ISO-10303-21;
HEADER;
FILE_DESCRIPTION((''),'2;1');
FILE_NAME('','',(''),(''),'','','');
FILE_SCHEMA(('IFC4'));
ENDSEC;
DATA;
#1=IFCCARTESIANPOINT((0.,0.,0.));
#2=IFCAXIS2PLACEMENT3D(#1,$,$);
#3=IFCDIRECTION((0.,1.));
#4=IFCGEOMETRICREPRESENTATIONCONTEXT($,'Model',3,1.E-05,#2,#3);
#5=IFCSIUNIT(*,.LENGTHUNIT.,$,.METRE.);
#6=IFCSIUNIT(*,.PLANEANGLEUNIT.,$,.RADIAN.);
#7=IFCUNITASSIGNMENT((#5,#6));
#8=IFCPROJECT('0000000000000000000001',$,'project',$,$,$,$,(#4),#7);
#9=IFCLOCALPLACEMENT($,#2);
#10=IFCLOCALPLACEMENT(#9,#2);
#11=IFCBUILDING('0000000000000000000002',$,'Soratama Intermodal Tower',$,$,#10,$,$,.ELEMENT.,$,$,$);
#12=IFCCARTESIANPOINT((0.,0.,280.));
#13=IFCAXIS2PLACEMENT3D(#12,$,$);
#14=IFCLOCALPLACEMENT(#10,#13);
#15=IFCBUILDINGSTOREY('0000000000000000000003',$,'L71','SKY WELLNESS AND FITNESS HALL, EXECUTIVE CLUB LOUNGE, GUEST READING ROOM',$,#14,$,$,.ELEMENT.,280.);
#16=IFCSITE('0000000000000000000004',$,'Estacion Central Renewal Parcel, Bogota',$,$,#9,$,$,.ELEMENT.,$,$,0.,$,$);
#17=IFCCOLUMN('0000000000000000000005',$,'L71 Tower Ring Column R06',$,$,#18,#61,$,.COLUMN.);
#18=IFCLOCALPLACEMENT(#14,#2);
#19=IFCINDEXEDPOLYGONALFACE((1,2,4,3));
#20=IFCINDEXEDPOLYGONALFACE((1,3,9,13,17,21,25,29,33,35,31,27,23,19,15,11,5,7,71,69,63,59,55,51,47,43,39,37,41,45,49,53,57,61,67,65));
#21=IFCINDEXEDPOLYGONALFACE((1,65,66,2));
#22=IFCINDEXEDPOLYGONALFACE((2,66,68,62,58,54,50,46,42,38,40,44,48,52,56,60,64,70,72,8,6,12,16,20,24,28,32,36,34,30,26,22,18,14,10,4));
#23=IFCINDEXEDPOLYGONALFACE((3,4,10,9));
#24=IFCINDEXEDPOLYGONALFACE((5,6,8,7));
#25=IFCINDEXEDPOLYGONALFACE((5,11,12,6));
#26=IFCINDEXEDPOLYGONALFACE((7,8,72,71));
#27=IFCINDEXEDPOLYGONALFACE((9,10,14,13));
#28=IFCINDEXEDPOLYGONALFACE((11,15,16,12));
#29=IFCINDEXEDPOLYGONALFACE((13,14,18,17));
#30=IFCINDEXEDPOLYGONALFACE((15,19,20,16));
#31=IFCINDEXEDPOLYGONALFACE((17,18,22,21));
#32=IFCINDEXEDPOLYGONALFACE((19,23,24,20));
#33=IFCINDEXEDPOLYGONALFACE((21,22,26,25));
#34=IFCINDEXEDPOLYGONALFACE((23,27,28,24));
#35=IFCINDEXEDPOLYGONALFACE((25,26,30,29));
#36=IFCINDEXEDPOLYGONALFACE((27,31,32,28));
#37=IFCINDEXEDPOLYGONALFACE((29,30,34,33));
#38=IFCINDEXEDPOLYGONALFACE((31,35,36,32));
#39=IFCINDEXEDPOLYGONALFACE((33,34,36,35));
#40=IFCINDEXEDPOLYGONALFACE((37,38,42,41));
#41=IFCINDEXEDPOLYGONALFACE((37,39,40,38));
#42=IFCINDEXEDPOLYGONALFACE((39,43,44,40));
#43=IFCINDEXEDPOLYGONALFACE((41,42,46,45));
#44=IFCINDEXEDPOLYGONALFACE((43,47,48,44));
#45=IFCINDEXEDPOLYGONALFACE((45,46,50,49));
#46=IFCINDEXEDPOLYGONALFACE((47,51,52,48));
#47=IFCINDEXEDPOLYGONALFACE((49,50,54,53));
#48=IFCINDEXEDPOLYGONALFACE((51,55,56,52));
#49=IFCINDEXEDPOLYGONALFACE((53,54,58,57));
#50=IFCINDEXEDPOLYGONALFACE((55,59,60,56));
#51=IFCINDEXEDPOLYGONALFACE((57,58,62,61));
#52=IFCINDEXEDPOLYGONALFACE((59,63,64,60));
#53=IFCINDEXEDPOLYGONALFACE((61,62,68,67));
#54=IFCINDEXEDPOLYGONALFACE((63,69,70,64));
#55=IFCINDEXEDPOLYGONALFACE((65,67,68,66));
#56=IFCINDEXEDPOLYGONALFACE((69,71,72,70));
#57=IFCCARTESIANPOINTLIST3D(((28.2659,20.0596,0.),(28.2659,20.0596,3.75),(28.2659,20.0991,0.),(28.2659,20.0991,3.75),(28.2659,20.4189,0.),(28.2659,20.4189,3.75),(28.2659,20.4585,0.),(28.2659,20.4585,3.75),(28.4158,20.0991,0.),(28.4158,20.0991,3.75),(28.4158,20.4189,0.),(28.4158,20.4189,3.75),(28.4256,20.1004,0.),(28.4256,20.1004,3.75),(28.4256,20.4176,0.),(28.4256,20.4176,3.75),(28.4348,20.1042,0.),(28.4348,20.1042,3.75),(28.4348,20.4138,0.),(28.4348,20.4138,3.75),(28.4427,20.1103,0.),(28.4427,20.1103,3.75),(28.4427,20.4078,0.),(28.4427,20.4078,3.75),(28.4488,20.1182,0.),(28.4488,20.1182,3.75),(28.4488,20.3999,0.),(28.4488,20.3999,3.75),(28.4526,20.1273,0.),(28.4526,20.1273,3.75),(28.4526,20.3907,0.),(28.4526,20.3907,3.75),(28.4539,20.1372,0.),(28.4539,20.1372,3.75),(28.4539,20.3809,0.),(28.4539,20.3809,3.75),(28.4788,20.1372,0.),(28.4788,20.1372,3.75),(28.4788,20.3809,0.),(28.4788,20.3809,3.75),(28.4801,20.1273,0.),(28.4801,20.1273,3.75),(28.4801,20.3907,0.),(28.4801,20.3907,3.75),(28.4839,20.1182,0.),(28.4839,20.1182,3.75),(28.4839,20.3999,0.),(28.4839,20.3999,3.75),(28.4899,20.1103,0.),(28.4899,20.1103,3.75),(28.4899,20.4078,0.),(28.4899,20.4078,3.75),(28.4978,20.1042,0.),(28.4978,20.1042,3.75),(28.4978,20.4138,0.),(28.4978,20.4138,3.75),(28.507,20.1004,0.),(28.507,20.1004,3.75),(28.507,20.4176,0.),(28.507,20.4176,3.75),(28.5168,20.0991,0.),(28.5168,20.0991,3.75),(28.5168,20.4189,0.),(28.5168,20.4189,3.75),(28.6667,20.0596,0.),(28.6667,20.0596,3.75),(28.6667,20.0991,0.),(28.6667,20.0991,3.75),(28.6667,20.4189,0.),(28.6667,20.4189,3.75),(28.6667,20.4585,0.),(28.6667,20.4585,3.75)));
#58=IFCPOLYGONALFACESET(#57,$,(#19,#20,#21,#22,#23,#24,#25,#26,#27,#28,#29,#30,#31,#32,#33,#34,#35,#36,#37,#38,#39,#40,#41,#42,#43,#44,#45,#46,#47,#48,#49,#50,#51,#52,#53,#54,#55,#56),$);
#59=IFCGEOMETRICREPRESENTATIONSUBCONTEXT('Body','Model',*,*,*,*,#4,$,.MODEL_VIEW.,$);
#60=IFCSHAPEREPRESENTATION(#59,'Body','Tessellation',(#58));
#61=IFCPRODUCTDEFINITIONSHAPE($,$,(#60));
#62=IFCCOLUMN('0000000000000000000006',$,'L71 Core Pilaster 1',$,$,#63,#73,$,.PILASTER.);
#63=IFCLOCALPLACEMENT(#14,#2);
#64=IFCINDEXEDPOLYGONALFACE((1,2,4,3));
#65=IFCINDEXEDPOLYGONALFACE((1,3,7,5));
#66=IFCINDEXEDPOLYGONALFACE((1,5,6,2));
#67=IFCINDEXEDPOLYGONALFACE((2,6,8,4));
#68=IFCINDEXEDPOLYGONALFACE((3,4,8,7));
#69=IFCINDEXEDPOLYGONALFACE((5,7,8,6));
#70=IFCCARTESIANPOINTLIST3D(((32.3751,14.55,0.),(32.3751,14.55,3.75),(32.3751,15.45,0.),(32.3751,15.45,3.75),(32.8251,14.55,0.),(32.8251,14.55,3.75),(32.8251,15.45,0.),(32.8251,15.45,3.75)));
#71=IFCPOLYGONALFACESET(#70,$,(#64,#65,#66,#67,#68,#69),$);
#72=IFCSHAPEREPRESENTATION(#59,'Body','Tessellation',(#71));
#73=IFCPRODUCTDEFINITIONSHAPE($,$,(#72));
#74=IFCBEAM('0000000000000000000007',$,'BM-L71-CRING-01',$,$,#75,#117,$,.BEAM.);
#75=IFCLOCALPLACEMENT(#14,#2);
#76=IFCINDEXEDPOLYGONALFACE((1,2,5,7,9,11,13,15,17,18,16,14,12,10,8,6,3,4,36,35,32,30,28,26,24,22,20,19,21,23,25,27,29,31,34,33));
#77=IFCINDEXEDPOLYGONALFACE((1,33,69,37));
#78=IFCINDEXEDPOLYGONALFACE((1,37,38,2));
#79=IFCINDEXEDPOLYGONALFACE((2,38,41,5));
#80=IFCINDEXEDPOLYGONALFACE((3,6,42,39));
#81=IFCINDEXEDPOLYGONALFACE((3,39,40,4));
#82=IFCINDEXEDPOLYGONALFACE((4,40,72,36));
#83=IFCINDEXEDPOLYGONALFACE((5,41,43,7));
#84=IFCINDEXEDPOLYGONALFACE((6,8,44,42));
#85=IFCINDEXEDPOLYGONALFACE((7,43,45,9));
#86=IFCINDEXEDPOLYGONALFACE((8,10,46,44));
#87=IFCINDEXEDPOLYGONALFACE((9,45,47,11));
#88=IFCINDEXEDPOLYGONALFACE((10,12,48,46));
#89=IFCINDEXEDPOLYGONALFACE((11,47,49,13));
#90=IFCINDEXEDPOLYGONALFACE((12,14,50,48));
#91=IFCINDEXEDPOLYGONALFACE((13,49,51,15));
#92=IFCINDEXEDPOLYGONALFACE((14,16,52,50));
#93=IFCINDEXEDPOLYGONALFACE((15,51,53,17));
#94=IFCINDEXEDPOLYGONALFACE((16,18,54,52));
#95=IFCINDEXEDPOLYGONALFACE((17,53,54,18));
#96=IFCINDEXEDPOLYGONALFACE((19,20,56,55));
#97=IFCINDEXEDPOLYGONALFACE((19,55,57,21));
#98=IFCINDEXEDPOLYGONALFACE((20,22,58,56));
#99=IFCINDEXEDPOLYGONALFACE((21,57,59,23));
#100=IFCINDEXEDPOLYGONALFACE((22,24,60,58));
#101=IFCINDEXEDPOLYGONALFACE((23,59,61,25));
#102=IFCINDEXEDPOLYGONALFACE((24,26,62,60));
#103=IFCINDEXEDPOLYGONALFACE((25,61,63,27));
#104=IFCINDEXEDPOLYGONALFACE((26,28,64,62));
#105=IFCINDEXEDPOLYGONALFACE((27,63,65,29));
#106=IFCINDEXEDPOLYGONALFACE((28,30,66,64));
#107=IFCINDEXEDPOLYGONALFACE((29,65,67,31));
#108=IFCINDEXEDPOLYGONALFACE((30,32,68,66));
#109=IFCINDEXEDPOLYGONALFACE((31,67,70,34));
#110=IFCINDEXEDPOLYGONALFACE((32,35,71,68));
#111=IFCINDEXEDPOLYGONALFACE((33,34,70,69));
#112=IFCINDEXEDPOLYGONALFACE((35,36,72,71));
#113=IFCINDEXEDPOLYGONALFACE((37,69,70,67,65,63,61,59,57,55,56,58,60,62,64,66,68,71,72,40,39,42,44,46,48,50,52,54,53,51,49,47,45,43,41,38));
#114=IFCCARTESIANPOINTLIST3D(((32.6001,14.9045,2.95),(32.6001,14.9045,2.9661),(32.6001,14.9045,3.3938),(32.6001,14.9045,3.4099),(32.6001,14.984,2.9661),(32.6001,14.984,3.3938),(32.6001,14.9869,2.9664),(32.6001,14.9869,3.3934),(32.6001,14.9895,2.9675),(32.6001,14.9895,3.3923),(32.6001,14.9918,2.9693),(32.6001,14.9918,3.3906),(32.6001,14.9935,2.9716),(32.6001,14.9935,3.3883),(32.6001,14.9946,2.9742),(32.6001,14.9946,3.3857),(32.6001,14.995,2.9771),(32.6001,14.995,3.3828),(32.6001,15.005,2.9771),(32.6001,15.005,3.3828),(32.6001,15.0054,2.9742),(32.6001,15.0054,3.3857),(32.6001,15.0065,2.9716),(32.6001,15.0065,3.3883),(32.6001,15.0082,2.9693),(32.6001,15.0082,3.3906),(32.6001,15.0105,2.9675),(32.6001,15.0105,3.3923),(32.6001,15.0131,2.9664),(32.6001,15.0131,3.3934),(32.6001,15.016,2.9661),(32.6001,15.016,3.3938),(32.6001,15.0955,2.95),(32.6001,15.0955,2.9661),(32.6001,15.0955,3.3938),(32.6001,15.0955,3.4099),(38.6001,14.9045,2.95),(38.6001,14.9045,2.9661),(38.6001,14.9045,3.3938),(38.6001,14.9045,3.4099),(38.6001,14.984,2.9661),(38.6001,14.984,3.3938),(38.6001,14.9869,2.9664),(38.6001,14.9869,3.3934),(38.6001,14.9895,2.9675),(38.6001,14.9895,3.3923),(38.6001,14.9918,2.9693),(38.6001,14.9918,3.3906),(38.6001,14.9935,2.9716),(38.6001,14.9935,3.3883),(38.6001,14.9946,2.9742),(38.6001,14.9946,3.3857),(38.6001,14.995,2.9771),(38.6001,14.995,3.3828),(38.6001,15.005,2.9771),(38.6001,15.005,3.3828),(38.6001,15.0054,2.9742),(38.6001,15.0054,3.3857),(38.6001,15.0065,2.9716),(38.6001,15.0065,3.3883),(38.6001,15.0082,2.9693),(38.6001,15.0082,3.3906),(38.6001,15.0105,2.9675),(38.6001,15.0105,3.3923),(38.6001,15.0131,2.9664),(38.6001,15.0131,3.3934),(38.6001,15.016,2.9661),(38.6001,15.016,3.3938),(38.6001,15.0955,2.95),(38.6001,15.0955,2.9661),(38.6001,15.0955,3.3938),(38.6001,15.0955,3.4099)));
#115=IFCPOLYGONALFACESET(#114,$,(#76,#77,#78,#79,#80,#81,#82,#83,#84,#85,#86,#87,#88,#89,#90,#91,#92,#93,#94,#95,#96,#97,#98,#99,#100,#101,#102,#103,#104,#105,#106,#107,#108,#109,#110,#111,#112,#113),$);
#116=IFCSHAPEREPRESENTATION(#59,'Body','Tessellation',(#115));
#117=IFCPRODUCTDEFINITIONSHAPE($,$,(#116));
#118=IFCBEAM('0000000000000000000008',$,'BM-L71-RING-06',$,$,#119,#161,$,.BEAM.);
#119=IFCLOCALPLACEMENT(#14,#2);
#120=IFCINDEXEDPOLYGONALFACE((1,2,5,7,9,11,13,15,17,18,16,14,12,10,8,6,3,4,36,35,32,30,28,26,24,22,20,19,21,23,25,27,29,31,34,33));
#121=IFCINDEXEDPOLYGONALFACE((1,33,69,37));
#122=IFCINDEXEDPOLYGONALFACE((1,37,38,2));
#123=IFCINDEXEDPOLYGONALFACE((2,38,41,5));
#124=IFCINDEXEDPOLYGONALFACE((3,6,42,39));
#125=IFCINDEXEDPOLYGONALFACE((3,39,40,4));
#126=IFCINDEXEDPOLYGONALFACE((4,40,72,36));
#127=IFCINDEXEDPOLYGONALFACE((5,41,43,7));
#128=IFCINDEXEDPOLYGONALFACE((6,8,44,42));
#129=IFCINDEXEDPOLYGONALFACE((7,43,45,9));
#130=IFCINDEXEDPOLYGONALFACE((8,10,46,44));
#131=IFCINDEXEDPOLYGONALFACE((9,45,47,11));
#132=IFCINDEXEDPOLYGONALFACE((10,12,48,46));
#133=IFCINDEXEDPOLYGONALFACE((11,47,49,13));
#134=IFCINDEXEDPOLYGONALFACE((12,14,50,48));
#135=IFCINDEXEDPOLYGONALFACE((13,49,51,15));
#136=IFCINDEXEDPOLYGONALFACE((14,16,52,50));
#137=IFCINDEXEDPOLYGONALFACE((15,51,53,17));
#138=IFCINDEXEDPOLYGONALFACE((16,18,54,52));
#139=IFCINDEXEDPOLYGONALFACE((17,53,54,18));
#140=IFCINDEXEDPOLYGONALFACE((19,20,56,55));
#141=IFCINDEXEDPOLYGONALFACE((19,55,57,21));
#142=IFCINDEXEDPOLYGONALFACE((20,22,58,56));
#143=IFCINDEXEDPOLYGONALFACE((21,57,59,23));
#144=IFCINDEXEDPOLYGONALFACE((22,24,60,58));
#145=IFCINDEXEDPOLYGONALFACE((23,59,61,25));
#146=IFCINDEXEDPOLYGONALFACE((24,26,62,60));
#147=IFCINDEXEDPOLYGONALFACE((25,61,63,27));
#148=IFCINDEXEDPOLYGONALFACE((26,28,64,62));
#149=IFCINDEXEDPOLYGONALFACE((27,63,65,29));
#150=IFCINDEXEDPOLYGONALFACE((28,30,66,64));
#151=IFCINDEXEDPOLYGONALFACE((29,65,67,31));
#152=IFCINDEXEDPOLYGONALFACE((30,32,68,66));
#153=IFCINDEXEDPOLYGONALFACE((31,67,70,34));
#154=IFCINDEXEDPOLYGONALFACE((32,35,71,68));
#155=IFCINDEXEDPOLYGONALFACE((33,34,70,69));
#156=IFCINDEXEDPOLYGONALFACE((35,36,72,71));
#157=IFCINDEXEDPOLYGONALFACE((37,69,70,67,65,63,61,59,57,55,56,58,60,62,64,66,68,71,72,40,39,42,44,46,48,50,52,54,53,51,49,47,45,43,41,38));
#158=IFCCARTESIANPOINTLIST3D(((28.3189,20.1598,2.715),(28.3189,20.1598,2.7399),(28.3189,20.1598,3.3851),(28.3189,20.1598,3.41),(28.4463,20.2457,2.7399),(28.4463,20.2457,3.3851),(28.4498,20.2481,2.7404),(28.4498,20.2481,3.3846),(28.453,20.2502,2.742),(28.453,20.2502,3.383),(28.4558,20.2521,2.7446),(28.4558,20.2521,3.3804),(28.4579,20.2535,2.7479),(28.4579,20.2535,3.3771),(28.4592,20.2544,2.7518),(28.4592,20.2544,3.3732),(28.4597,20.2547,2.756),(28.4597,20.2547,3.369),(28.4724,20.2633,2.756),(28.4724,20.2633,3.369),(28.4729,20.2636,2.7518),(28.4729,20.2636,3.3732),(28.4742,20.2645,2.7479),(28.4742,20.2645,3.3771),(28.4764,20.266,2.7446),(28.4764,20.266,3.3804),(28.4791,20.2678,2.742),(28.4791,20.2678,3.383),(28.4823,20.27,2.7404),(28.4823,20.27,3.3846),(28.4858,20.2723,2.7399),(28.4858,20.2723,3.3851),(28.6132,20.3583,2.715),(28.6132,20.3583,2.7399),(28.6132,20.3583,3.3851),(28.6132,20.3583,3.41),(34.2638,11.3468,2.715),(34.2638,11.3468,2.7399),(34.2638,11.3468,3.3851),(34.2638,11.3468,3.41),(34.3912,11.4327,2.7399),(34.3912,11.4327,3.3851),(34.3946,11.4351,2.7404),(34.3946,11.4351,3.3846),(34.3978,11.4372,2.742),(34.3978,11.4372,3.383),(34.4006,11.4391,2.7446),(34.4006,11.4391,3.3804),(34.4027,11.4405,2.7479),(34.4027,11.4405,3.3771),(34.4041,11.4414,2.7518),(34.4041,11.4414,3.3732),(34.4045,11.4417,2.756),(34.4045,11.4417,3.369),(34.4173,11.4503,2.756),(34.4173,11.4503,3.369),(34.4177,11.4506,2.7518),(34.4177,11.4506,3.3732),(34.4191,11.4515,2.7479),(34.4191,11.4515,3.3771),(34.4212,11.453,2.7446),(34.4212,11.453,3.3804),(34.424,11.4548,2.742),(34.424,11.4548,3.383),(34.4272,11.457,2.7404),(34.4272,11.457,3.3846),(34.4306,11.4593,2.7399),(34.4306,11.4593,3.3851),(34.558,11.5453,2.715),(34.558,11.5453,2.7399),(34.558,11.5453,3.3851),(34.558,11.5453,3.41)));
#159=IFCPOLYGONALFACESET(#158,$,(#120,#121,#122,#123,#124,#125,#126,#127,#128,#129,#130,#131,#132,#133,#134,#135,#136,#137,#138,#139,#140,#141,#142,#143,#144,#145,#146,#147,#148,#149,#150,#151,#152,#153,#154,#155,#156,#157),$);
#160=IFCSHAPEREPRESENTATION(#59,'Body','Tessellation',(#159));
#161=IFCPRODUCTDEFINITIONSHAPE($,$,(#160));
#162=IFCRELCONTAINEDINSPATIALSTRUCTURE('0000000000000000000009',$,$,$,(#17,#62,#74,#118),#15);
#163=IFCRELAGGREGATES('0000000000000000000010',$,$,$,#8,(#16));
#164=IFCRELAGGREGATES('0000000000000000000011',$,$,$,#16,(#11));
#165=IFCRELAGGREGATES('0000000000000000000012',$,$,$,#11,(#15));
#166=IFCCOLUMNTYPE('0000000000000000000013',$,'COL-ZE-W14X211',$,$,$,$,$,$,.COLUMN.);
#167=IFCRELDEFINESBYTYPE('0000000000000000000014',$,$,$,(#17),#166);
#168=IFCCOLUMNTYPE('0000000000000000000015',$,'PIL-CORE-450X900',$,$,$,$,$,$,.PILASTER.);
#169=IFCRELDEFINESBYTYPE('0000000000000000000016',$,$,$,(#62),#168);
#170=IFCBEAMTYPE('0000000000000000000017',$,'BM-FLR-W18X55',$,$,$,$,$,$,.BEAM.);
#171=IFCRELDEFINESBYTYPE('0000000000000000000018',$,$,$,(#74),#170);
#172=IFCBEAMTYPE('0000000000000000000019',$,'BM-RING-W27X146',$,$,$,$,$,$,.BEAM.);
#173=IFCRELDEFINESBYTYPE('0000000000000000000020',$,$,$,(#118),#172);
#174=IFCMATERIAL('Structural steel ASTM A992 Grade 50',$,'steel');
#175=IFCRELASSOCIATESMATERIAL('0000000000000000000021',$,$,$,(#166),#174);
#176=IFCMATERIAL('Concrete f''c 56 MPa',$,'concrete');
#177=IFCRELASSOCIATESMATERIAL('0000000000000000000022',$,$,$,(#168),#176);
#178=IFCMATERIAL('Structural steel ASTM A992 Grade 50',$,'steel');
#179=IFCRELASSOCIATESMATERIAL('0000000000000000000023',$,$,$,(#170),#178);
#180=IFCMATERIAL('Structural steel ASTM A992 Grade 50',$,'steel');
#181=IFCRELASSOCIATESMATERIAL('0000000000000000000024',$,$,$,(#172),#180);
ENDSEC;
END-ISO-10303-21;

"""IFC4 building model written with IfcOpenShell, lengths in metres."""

from ifc_helpers import new_model, si_unit, direction, frame, origin, origin_2d, place, context, subcontext, project, spatial, rectangle, i_section, extrude, material, material_profile, profile_set, type_object, element, save


model = new_model("IFC4")

# Units and contexts
model_context = context("Model", 3, precision=1e-05, world=origin(), true_north=direction((0.0, 1.0)))
body_context = subcontext(model_context, "Body", "Model", "MODEL_VIEW")
ifc_project = project(units=[si_unit("LENGTHUNIT", "METRE"), si_unit("PLANEANGLEUNIT", "RADIAN")], contexts=[model_context])

# Site, building, storey
site_placement = place(None, origin())
site = spatial("IfcSite", under=ifc_project, at=site_placement, Name="Estacion Central Renewal Parcel, Bogota", CompositionType="ELEMENT", RefElevation=0.0)
building_placement = place(site_placement, origin())
building = spatial("IfcBuilding", under=site, at=building_placement, Name="Soratama Intermodal Tower", CompositionType="ELEMENT")
storey_placement = place(building_placement, frame((0.0, 0.0, 280.0)))
storey = spatial("IfcBuildingStorey", under=building, at=storey_placement, Name="L71", Description="SKY WELLNESS AND FITNESS HALL, EXECUTIVE CLUB LOUNGE, GUEST READING ROOM", CompositionType="ELEMENT", Elevation=280.0)

# Columns
ifc_material_1 = material(Name="Structural steel ASTM A992 Grade 50", Category="steel")
ifc_material_profile_1 = material_profile(ifc_material_1, i_section(OverallWidth=0.4009, OverallDepth=0.3989, WebThickness=0.0249, FlangeThickness=0.0396, FilletRadius=0.0381, at=origin_2d()), Name="W14X211")
ifc_profile_set_1 = profile_set([ifc_material_profile_1], Name="Structural steel ASTM A992 Grade 50")
column_type_1 = type_object("IfcColumnType", Name="COL-ZE-W14X211", PredefinedType="COLUMN", material=ifc_profile_set_1)
column_1_placement = place(storey_placement, frame((28.4663, 20.259, 0.0), z_axis=(0.0, 0.0, 1.0), x_axis=(1.0, 0.0, 0.0)))
element("IfcColumn", 1, at=column_1_placement, inside=storey, type_object=column_type_1, Name="L71 Tower Ring Column R06", PredefinedType="COLUMN", context=body_context, shape_type="SweptSolid", body=[
    extrude(i_section(OverallWidth=0.4009, OverallDepth=0.3989, WebThickness=0.0249, FlangeThickness=0.0396, FilletRadius=0.0381, at=origin_2d()), origin(), (0.0, 0.0, 1.0), 3.75),
])
ifc_material_2 = material(Name="Concrete f'c 56 MPa", Category="concrete")
ifc_material_profile_2 = material_profile(ifc_material_2, rectangle(XDim=0.45, YDim=0.8999, at=origin_2d()), Name="RC450X900")
ifc_profile_set_2 = profile_set([ifc_material_profile_2], Name="Concrete f'c 56 MPa")
column_type_2 = type_object("IfcColumnType", Name="PIL-CORE-450X900", PredefinedType="PILASTER", material=ifc_profile_set_2)
column_2_placement = place(storey_placement, frame((32.6001, 15.0, 0.0), z_axis=(0.0, 0.0, 1.0), x_axis=(1.0, 0.0, 0.0)))
element("IfcColumn", 2, at=column_2_placement, inside=storey, type_object=column_type_2, Name="L71 Core Pilaster 1", PredefinedType="PILASTER", context=body_context, shape_type="SweptSolid", body=[
    extrude(rectangle(XDim=0.45, YDim=0.8999, at=origin_2d()), origin(), (0.0, 0.0, 1.0), 3.75),
])

# Beams
ifc_material_3 = material(Name="Structural steel ASTM A992 Grade 50", Category="steel")
ifc_material_profile_3 = material_profile(ifc_material_3, i_section(OverallWidth=0.1909, OverallDepth=0.46, WebThickness=0.01, FlangeThickness=0.0161, FilletRadius=0.011, at=origin_2d()), Name="W18X55")
ifc_profile_set_3 = profile_set([ifc_material_profile_3], Name="Structural steel ASTM A992 Grade 50")
beam_type_1 = type_object("IfcBeamType", Name="BM-FLR-W18X55", PredefinedType="BEAM", material=ifc_profile_set_3)
beam_1_placement = place(storey_placement, frame((32.6001, 15.0, 3.1799), z_axis=(1.0, 0.0, 0.0), x_axis=(0.0, 1.0, 0.0)))
element("IfcBeam", 3, at=beam_1_placement, inside=storey, type_object=beam_type_1, Name="BM-L71-CRING-01", PredefinedType="BEAM", context=body_context, shape_type="SweptSolid", body=[
    extrude(i_section(OverallWidth=0.1909, OverallDepth=0.46, WebThickness=0.01, FlangeThickness=0.0161, FilletRadius=0.011, at=origin_2d()), origin(), (0.0, 0.0, 1.0), 6.0),
])
ifc_material_4 = material(Name="Structural steel ASTM A992 Grade 50", Category="steel")
ifc_material_profile_4 = material_profile(ifc_material_4, i_section(OverallWidth=0.355, OverallDepth=0.6951, WebThickness=0.0154, FlangeThickness=0.0249, FilletRadius=0.0161, at=origin_2d()), Name="W27X146")
ifc_profile_set_4 = profile_set([ifc_material_profile_4], Name="Structural steel ASTM A992 Grade 50")
beam_type_2 = type_object("IfcBeamType", Name="BM-RING-W27X146", PredefinedType="BEAM", material=ifc_profile_set_4)
beam_2_placement = place(storey_placement, frame((28.4661, 20.259, 3.0625), z_axis=(0.559218, -0.829021, 0.0), x_axis=(0.829021, 0.559218, 0.0)))
element("IfcBeam", 4, at=beam_2_placement, inside=storey, type_object=beam_type_2, Name="BM-L71-RING-06", PredefinedType="BEAM", context=body_context, shape_type="SweptSolid", body=[
    extrude(i_section(OverallWidth=0.355, OverallDepth=0.6951, WebThickness=0.0154, FlangeThickness=0.0249, FilletRadius=0.0161, at=origin_2d()), origin(), (0.0, 0.0, 1.0), 10.6306),
])

save(model, "model.ifc")
